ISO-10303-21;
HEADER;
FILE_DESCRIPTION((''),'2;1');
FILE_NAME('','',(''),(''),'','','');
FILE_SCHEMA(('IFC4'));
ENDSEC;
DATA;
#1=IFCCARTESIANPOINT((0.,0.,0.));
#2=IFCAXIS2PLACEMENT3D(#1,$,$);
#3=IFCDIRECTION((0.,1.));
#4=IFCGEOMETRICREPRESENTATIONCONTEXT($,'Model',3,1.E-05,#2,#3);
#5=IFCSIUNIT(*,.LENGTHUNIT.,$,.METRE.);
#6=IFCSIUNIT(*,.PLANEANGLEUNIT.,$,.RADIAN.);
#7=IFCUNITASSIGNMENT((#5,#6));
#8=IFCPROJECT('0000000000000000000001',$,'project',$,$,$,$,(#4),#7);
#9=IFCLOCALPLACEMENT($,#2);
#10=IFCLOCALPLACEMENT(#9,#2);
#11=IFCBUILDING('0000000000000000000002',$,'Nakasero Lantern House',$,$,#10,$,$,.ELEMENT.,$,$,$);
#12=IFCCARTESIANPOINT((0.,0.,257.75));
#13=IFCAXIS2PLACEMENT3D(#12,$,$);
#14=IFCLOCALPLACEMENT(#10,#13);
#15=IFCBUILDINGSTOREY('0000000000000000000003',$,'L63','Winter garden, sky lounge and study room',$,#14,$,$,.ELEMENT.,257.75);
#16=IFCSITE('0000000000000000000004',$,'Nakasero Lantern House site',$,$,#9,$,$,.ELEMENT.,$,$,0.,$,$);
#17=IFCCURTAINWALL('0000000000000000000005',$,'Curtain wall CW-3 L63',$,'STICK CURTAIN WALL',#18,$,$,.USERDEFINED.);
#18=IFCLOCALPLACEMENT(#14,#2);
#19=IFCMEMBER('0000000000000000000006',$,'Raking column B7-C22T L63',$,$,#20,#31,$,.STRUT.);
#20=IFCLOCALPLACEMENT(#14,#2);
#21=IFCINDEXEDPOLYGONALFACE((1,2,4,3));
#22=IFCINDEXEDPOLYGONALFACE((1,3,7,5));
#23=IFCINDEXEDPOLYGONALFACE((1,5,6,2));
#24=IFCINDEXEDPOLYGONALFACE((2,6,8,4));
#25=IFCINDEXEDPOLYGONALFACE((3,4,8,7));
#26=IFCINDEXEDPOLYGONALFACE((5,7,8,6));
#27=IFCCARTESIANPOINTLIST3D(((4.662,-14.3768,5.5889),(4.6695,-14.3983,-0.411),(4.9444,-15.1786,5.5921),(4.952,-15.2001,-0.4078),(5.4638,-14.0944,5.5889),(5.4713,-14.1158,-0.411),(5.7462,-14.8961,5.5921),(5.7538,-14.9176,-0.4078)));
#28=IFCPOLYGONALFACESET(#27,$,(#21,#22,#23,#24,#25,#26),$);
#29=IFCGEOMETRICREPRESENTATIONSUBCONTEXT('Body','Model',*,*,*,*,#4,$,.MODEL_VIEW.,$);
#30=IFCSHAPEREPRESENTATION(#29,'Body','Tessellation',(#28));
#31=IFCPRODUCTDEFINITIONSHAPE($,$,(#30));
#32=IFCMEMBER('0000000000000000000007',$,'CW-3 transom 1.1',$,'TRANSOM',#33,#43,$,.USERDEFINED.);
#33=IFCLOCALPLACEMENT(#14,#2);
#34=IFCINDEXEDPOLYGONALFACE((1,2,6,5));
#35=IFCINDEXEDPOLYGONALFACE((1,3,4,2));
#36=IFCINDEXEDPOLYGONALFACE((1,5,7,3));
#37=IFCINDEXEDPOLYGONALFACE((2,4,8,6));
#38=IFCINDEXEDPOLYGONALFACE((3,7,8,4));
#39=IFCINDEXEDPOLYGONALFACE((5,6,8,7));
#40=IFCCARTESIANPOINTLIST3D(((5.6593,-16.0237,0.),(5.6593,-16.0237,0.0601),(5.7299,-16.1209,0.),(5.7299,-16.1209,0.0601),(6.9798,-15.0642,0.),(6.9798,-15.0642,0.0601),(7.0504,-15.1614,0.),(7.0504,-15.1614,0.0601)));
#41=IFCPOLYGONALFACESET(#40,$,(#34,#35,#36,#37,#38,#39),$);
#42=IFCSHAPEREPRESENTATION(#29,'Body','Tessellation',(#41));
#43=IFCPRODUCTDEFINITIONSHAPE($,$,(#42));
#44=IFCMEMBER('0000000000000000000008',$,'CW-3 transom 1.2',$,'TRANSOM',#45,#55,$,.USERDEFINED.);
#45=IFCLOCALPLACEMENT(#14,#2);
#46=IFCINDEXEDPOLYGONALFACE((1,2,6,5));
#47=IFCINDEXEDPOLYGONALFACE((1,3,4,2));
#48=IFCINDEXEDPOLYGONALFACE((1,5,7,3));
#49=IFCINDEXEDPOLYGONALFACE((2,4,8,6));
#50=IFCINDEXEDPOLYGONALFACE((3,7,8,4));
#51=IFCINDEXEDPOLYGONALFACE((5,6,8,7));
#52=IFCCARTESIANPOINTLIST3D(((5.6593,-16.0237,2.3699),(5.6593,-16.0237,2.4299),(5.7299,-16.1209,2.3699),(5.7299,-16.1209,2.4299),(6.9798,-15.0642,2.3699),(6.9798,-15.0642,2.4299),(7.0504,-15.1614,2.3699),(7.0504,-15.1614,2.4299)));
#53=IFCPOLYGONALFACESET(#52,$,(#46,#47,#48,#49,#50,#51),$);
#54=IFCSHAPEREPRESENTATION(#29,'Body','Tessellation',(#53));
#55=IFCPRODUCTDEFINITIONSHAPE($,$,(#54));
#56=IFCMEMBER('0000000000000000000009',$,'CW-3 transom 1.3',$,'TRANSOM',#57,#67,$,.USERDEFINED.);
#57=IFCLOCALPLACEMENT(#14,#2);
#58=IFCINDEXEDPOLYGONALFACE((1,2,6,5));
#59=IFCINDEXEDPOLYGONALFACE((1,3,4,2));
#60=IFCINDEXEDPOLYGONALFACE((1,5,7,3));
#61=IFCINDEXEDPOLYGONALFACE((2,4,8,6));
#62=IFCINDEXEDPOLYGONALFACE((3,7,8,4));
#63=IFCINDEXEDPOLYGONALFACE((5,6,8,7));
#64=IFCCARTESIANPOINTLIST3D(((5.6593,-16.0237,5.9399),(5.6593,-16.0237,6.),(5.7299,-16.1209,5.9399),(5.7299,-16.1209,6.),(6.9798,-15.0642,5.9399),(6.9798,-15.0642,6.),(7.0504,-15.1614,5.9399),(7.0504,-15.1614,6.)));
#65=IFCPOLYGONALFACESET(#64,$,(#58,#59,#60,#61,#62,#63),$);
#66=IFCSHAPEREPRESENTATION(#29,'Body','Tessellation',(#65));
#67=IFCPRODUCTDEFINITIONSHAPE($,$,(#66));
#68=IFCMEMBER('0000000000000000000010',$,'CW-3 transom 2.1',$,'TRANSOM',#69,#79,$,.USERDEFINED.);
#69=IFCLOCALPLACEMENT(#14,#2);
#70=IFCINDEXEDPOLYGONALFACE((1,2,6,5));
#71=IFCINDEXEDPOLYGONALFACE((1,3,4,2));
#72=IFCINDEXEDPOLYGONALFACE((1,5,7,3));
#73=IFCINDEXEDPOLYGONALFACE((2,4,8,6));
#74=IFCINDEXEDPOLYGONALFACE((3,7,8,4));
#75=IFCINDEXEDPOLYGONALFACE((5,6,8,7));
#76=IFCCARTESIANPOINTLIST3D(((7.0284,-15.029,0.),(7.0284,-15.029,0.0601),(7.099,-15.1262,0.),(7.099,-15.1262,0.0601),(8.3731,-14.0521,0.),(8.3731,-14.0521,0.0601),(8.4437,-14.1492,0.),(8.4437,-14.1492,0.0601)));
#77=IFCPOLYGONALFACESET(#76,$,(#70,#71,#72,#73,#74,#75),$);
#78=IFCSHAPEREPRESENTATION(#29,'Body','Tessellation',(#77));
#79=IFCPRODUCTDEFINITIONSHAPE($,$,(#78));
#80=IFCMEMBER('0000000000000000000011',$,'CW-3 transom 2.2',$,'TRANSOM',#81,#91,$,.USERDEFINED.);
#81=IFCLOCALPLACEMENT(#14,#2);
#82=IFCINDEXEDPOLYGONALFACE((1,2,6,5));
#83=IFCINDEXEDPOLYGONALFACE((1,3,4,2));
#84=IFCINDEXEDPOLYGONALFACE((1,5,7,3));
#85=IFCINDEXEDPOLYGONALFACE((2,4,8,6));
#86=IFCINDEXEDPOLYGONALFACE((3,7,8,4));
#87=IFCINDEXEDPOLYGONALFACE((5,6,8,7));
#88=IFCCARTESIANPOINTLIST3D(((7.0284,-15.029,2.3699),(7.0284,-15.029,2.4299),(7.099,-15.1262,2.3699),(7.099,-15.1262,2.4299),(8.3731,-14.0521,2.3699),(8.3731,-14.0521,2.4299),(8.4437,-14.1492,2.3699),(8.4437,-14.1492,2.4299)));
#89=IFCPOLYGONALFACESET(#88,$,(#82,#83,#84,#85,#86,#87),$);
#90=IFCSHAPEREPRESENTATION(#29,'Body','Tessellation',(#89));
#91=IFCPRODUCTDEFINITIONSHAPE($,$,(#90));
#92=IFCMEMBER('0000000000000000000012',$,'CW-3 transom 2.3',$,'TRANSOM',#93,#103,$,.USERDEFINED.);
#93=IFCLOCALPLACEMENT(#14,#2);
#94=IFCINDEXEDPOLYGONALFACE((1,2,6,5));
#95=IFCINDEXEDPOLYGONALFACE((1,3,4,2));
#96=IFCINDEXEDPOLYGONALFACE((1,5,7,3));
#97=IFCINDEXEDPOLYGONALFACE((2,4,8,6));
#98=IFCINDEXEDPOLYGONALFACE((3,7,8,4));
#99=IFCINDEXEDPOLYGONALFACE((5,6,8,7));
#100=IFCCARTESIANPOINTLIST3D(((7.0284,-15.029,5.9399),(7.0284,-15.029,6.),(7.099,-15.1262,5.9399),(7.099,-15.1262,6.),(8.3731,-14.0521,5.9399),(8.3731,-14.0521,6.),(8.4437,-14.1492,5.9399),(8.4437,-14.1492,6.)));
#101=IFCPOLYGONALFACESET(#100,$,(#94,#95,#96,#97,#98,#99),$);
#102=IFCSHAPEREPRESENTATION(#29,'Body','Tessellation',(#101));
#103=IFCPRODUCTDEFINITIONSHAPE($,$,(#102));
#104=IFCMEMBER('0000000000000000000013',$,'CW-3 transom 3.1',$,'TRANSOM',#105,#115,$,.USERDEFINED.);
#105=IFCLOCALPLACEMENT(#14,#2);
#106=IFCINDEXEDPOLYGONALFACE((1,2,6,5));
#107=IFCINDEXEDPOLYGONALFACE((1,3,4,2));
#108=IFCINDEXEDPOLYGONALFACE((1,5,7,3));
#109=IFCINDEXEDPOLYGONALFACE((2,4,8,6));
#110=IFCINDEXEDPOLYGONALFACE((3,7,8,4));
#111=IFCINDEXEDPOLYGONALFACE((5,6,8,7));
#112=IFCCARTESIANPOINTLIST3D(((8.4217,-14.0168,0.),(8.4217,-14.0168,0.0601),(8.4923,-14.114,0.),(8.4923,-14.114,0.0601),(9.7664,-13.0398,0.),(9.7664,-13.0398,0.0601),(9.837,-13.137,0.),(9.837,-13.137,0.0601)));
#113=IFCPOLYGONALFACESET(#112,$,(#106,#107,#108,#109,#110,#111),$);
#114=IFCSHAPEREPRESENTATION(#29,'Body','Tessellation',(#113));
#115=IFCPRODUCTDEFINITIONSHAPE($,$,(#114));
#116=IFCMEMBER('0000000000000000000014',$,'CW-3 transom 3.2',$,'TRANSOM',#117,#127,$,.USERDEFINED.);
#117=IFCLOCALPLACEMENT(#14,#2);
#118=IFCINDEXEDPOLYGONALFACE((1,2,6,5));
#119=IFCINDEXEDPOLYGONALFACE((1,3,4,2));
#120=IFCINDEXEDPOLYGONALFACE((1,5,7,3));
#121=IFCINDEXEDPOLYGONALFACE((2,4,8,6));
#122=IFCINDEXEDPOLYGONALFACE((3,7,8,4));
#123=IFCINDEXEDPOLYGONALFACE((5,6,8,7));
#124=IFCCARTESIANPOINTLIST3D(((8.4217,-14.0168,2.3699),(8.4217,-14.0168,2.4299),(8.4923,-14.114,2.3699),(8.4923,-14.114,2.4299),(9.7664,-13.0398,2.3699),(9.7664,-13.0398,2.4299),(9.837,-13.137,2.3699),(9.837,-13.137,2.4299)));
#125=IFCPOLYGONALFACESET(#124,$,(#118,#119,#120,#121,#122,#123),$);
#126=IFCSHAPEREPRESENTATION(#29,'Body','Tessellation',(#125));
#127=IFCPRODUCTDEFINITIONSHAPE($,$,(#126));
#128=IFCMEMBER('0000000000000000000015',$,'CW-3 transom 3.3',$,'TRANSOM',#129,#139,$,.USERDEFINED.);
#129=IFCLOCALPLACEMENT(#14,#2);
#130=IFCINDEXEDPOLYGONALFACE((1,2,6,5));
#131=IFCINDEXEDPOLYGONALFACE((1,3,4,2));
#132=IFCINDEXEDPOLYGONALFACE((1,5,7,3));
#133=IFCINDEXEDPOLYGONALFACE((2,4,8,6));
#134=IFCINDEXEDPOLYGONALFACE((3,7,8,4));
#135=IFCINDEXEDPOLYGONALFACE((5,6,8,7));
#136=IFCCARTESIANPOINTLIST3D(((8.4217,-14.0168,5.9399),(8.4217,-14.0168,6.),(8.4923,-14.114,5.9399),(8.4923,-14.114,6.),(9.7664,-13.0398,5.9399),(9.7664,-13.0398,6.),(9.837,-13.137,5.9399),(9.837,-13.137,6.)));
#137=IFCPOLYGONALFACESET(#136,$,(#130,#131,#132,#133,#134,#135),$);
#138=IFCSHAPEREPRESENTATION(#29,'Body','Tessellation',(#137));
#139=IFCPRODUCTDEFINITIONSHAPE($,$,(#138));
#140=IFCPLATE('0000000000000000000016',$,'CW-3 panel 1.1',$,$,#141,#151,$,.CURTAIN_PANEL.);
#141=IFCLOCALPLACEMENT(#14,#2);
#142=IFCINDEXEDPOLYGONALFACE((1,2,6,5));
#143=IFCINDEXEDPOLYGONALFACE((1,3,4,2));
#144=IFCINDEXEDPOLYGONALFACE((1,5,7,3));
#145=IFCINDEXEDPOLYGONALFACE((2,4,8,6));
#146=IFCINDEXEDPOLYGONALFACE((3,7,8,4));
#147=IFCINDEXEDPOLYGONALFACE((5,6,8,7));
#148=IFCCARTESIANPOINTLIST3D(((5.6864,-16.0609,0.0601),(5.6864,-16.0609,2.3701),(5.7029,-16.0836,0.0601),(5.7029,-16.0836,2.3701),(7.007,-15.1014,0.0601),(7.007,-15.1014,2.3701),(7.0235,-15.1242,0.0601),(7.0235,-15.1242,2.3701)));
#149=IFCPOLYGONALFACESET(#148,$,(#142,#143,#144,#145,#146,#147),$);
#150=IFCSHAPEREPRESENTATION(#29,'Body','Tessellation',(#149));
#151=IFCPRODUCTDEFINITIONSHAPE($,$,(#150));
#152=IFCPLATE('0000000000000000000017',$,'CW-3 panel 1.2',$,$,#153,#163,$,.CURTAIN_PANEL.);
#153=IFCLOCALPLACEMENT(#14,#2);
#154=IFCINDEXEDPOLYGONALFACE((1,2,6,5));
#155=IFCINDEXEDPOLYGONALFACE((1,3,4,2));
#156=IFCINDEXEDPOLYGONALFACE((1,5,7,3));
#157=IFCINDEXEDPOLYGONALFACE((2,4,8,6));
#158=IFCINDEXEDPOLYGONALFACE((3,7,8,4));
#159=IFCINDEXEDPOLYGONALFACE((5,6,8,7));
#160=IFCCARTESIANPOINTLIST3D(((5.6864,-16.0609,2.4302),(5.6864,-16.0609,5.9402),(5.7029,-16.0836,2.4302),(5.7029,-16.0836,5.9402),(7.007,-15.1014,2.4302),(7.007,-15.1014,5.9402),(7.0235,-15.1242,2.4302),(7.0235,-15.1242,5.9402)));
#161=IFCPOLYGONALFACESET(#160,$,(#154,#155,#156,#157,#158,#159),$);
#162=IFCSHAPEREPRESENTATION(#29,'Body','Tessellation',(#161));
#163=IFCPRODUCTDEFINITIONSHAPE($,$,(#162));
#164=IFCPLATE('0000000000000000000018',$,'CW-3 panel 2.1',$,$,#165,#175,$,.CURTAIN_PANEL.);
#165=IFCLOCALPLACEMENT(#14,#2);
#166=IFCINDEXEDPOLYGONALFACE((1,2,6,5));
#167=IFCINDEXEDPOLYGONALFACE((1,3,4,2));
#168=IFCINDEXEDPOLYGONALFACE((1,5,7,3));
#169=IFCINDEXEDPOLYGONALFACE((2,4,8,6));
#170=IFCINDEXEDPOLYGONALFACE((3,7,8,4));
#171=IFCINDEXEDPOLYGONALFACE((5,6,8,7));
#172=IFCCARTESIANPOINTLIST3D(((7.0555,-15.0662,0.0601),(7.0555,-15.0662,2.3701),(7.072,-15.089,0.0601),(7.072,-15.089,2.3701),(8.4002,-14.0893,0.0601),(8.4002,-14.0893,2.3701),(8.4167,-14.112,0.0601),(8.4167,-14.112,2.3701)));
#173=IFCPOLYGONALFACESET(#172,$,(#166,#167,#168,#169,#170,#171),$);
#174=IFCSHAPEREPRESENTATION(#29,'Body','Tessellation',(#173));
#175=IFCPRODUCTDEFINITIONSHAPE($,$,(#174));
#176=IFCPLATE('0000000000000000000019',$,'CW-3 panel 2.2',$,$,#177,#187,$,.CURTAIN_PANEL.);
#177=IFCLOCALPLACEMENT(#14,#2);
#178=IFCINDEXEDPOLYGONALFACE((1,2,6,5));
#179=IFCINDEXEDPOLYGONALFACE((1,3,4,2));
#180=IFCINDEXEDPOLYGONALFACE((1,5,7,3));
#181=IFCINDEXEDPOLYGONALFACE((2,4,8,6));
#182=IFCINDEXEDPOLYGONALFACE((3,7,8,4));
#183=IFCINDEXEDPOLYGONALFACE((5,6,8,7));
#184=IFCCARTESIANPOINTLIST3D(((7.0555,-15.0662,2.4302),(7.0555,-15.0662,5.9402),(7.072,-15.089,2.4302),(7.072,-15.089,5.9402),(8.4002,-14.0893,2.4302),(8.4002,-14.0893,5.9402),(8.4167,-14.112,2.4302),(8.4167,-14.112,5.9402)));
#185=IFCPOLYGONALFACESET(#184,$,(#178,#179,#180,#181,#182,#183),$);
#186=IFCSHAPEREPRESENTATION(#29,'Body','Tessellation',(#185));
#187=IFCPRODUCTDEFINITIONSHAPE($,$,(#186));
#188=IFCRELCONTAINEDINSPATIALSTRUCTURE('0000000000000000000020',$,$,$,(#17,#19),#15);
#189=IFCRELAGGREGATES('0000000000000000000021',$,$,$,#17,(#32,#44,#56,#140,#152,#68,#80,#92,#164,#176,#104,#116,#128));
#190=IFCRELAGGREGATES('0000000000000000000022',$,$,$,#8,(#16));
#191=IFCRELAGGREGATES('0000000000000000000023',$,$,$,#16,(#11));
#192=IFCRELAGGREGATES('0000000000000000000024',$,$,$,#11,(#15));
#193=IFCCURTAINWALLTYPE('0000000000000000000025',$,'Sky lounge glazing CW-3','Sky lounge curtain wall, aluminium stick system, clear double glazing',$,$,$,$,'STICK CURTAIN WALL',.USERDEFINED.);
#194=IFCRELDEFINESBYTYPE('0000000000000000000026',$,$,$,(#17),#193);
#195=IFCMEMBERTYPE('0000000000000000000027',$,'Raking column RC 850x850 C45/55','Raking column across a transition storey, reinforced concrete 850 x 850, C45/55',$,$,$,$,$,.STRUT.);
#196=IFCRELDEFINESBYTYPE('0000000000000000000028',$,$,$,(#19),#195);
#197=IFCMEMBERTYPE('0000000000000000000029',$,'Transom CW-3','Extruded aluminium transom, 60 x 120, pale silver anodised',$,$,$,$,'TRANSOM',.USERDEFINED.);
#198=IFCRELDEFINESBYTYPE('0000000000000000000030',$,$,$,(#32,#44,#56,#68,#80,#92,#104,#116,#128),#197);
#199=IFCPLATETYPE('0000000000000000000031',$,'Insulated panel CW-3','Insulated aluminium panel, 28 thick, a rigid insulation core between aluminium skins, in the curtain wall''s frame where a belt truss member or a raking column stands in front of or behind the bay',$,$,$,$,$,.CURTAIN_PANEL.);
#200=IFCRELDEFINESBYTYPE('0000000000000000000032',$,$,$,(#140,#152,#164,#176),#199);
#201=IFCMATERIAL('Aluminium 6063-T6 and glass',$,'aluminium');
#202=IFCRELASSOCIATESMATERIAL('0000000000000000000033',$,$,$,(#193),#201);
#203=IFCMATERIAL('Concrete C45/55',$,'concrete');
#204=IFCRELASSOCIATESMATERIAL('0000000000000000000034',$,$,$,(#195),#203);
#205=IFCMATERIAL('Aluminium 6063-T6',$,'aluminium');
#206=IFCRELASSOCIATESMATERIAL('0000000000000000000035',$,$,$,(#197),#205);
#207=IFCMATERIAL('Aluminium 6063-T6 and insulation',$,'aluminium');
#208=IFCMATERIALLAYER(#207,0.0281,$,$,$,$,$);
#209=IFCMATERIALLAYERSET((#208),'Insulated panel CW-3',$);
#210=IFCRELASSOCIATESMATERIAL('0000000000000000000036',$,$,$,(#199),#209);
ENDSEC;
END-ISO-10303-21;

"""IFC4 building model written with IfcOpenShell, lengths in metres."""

from ifc_helpers import new_model, si_unit, direction, frame, origin, origin_2d, place, context, subcontext, project, spatial, rectangle, extrude, material, layer, layer_set, material_profile, profile_set, type_object, element, aggregate, save


model = new_model("IFC4")

# Units and contexts
model_context = context("Model", 3, precision=1e-05, world=origin(), true_north=direction((0.0, 1.0)))
body_context = subcontext(model_context, "Body", "Model", "MODEL_VIEW")
ifc_project = project(units=[si_unit("LENGTHUNIT", "METRE"), si_unit("PLANEANGLEUNIT", "RADIAN")], contexts=[model_context])

# Site, building, storey
site_placement = place(None, origin())
site = spatial("IfcSite", under=ifc_project, at=site_placement, Name="Nakasero Lantern House site", CompositionType="ELEMENT", RefElevation=0.0)
building_placement = place(site_placement, origin())
building = spatial("IfcBuilding", under=site, at=building_placement, Name="Nakasero Lantern House", CompositionType="ELEMENT")
storey_placement = place(building_placement, frame((0.0, 0.0, 257.75)))
storey = spatial("IfcBuildingStorey", under=building, at=storey_placement, Name="L63", Description="Winter garden, sky lounge and study room", CompositionType="ELEMENT", Elevation=257.75)

# Curtain wall
ifc_material_1 = material(Name="Aluminium 6063-T6 and glass", Category="aluminium")
curtain_wall_type = type_object("IfcCurtainWallType", Name="Sky lounge glazing CW-3", Description="Sky lounge curtain wall, aluminium stick system, clear double glazing", ElementType="STICK CURTAIN WALL", PredefinedType="USERDEFINED", material=ifc_material_1)
curtain_wall_placement = place(storey_placement, origin())
curtain_wall = element("IfcCurtainWall", 1, at=curtain_wall_placement, inside=storey, type_object=curtain_wall_type, Name="Curtain wall CW-3 L63", ObjectType="STICK CURTAIN WALL", PredefinedType="USERDEFINED")

# Members
ifc_material_2 = material(Name="Concrete C45/55", Category="concrete")
ifc_material_profile_1 = material_profile(ifc_material_2, rectangle(XDim=0.8501, YDim=0.8501, at=origin_2d()), Name="RC 850x850")
ifc_profile_set_1 = profile_set([ifc_material_profile_1], Name="Concrete C45/55")
member_type_1 = type_object("IfcMemberType", Name="Raking column RC 850x850 C45/55", Description="Raking column across a transition storey, reinforced concrete 850 x 850, C45/55", PredefinedType="STRUT", material=ifc_profile_set_1)
member_1_placement = place(storey_placement, frame((5.2117, -14.658, -0.4094), z_axis=(-0.001261, 0.003581, 0.999993), x_axis=(-0.943188, -0.332259, 0.0)))
element("IfcMember", 2, at=member_1_placement, inside=storey, type_object=member_type_1, Name="Raking column B7-C22T L63", PredefinedType="STRUT", context=body_context, shape_type="SweptSolid", body=[
    extrude(rectangle(XDim=0.8501, YDim=0.8501, at=origin_2d()), origin(), (0.0, 0.0, 1.0), 6.0),
])
ifc_material_3 = material(Name="Aluminium 6063-T6", Category="aluminium")
ifc_material_profile_2 = material_profile(ifc_material_3, rectangle(XDim=0.0601, YDim=0.1201, at=origin_2d()), Name="CW-3 transom 60x120")
ifc_profile_set_2 = profile_set([ifc_material_profile_2], Name="Aluminium 6063-T6")
member_type_2 = type_object("IfcMemberType", Name="Transom CW-3", Description="Extruded aluminium transom, 60 x 120, pale silver anodised", ElementType="TRANSOM", PredefinedType="USERDEFINED", material=ifc_profile_set_2)
member_2_placement = place(storey_placement, frame((5.6946, -16.0723, 0.03), z_axis=(0.809008, 0.587798, 0.0), x_axis=(0.0, 0.0, 1.0)))
member_2 = element("IfcMember", 3, at=member_2_placement, type_object=member_type_2, Name="CW-3 transom 1.1", ObjectType="TRANSOM", PredefinedType="USERDEFINED", context=body_context, shape_type="SweptSolid", body=[
    extrude(rectangle(XDim=0.0601, YDim=0.1201, at=origin_2d()), origin(), (0.0, 0.0, 1.0), 1.6323),
])
member_3_placement = place(storey_placement, frame((5.6946, -16.0723, 2.3999), z_axis=(0.809008, 0.587798, 0.0), x_axis=(0.0, 0.0, 1.0)))
member_3 = element("IfcMember", 4, at=member_3_placement, type_object=member_type_2, Name="CW-3 transom 1.2", ObjectType="TRANSOM", PredefinedType="USERDEFINED", context=body_context, shape_type="SweptSolid", body=[
    extrude(rectangle(XDim=0.0601, YDim=0.1201, at=origin_2d()), origin(), (0.0, 0.0, 1.0), 1.6323),
])
member_4_placement = place(storey_placement, frame((5.6946, -16.0723, 5.97), z_axis=(0.809008, 0.587798, 0.0), x_axis=(0.0, 0.0, 1.0)))
member_4 = element("IfcMember", 5, at=member_4_placement, type_object=member_type_2, Name="CW-3 transom 1.3", ObjectType="TRANSOM", PredefinedType="USERDEFINED", context=body_context, shape_type="SweptSolid", body=[
    extrude(rectangle(XDim=0.0601, YDim=0.1201, at=origin_2d()), origin(), (0.0, 0.0, 1.0), 1.6323),
])
member_5_placement = place(storey_placement, frame((7.0637, -15.0776, 0.03), z_axis=(0.809003, 0.587805, 0.0), x_axis=(0.0, 0.0, 1.0)))
member_5 = element("IfcMember", 6, at=member_5_placement, type_object=member_type_2, Name="CW-3 transom 2.1", ObjectType="TRANSOM", PredefinedType="USERDEFINED", context=body_context, shape_type="SweptSolid", body=[
    extrude(rectangle(XDim=0.0601, YDim=0.1201, at=origin_2d()), origin(), (0.0, 0.0, 1.0), 1.6621),
])
member_6_placement = place(storey_placement, frame((7.0637, -15.0776, 2.3999), z_axis=(0.809003, 0.587805, 0.0), x_axis=(0.0, 0.0, 1.0)))
member_6 = element("IfcMember", 7, at=member_6_placement, type_object=member_type_2, Name="CW-3 transom 2.2", ObjectType="TRANSOM", PredefinedType="USERDEFINED", context=body_context, shape_type="SweptSolid", body=[
    extrude(rectangle(XDim=0.0601, YDim=0.1201, at=origin_2d()), origin(), (0.0, 0.0, 1.0), 1.6621),
])
member_7_placement = place(storey_placement, frame((7.0637, -15.0776, 5.97), z_axis=(0.809003, 0.587805, 0.0), x_axis=(0.0, 0.0, 1.0)))
member_7 = element("IfcMember", 8, at=member_7_placement, type_object=member_type_2, Name="CW-3 transom 2.3", ObjectType="TRANSOM", PredefinedType="USERDEFINED", context=body_context, shape_type="SweptSolid", body=[
    extrude(rectangle(XDim=0.0601, YDim=0.1201, at=origin_2d()), origin(), (0.0, 0.0, 1.0), 1.6621),
])
member_8_placement = place(storey_placement, frame((8.457, -14.0654, 0.03), z_axis=(0.809003, 0.587805, 0.0), x_axis=(0.0, 0.0, 1.0)))
member_8 = element("IfcMember", 9, at=member_8_placement, type_object=member_type_2, Name="CW-3 transom 3.1", ObjectType="TRANSOM", PredefinedType="USERDEFINED", context=body_context, shape_type="SweptSolid", body=[
    extrude(rectangle(XDim=0.0601, YDim=0.1201, at=origin_2d()), origin(), (0.0, 0.0, 1.0), 1.6621),
])
member_9_placement = place(storey_placement, frame((8.457, -14.0654, 2.3999), z_axis=(0.809003, 0.587805, 0.0), x_axis=(0.0, 0.0, 1.0)))
member_9 = element("IfcMember", 10, at=member_9_placement, type_object=member_type_2, Name="CW-3 transom 3.2", ObjectType="TRANSOM", PredefinedType="USERDEFINED", context=body_context, shape_type="SweptSolid", body=[
    extrude(rectangle(XDim=0.0601, YDim=0.1201, at=origin_2d()), origin(), (0.0, 0.0, 1.0), 1.6621),
])
member_10_placement = place(storey_placement, frame((8.457, -14.0654, 5.97), z_axis=(0.809003, 0.587805, 0.0), x_axis=(0.0, 0.0, 1.0)))
member_10 = element("IfcMember", 11, at=member_10_placement, type_object=member_type_2, Name="CW-3 transom 3.3", ObjectType="TRANSOM", PredefinedType="USERDEFINED", context=body_context, shape_type="SweptSolid", body=[
    extrude(rectangle(XDim=0.0601, YDim=0.1201, at=origin_2d()), origin(), (0.0, 0.0, 1.0), 1.6621),
])

# Plates
ifc_material_4 = material(Name="Aluminium 6063-T6 and insulation", Category="aluminium")
ifc_layer_1 = layer(ifc_material_4, 0.0281)
ifc_layer_set_1 = layer_set([ifc_layer_1], Name="Insulated panel CW-3")
plate_type_1 = type_object("IfcPlateType", Name="Insulated panel CW-3", Description="Insulated aluminium panel, 28 thick, a rigid insulation core between aluminium skins, in the curtain wall's frame where a belt truss member or a raking column stands in front of or behind the bay", PredefinedType="CURTAIN_PANEL", material=ifc_layer_set_1)
plate_1_placement = place(storey_placement, frame((6.355, -15.5925, 0.0601), z_axis=(0.0, 0.0, 1.0), x_axis=(0.809017, 0.587785, 0.0)))
plate_1 = element("IfcPlate", 12, at=plate_1_placement, type_object=plate_type_1, Name="CW-3 panel 1.1", PredefinedType="CURTAIN_PANEL", context=body_context, shape_type="SweptSolid", body=[
    extrude(rectangle(XDim=1.6323, YDim=0.0281, at=origin_2d()), origin(), (0.0, 0.0, 1.0), 2.3101),
])
plate_2_placement = place(storey_placement, frame((6.355, -15.5925, 2.4302), z_axis=(0.0, 0.0, 1.0), x_axis=(0.809017, 0.587785, 0.0)))
plate_2 = element("IfcPlate", 13, at=plate_2_placement, type_object=plate_type_1, Name="CW-3 panel 1.2", PredefinedType="CURTAIN_PANEL", context=body_context, shape_type="SweptSolid", body=[
    extrude(rectangle(XDim=1.6323, YDim=0.0281, at=origin_2d()), origin(), (0.0, 0.0, 1.0), 3.51),
])
plate_3_placement = place(storey_placement, frame((7.7361, -14.5891, 0.0601), z_axis=(0.0, 0.0, 1.0), x_axis=(0.809017, 0.587785, 0.0)))
plate_3 = element("IfcPlate", 14, at=plate_3_placement, type_object=plate_type_1, Name="CW-3 panel 2.1", PredefinedType="CURTAIN_PANEL", context=body_context, shape_type="SweptSolid", body=[
    extrude(rectangle(XDim=1.6621, YDim=0.0281, at=origin_2d()), origin(), (0.0, 0.0, 1.0), 2.3101),
])
plate_4_placement = place(storey_placement, frame((7.7361, -14.5891, 2.4302), z_axis=(0.0, 0.0, 1.0), x_axis=(0.809017, 0.587785, 0.0)))
plate_4 = element("IfcPlate", 15, at=plate_4_placement, type_object=plate_type_1, Name="CW-3 panel 2.2", PredefinedType="CURTAIN_PANEL", context=body_context, shape_type="SweptSolid", body=[
    extrude(rectangle(XDim=1.6621, YDim=0.0281, at=origin_2d()), origin(), (0.0, 0.0, 1.0), 3.51),
])
aggregate(curtain_wall, [member_2, member_3, member_4, plate_1, plate_2, member_5, member_6, member_7, plate_3, plate_4, member_8, member_9, member_10])

save(model, "model.ifc")
